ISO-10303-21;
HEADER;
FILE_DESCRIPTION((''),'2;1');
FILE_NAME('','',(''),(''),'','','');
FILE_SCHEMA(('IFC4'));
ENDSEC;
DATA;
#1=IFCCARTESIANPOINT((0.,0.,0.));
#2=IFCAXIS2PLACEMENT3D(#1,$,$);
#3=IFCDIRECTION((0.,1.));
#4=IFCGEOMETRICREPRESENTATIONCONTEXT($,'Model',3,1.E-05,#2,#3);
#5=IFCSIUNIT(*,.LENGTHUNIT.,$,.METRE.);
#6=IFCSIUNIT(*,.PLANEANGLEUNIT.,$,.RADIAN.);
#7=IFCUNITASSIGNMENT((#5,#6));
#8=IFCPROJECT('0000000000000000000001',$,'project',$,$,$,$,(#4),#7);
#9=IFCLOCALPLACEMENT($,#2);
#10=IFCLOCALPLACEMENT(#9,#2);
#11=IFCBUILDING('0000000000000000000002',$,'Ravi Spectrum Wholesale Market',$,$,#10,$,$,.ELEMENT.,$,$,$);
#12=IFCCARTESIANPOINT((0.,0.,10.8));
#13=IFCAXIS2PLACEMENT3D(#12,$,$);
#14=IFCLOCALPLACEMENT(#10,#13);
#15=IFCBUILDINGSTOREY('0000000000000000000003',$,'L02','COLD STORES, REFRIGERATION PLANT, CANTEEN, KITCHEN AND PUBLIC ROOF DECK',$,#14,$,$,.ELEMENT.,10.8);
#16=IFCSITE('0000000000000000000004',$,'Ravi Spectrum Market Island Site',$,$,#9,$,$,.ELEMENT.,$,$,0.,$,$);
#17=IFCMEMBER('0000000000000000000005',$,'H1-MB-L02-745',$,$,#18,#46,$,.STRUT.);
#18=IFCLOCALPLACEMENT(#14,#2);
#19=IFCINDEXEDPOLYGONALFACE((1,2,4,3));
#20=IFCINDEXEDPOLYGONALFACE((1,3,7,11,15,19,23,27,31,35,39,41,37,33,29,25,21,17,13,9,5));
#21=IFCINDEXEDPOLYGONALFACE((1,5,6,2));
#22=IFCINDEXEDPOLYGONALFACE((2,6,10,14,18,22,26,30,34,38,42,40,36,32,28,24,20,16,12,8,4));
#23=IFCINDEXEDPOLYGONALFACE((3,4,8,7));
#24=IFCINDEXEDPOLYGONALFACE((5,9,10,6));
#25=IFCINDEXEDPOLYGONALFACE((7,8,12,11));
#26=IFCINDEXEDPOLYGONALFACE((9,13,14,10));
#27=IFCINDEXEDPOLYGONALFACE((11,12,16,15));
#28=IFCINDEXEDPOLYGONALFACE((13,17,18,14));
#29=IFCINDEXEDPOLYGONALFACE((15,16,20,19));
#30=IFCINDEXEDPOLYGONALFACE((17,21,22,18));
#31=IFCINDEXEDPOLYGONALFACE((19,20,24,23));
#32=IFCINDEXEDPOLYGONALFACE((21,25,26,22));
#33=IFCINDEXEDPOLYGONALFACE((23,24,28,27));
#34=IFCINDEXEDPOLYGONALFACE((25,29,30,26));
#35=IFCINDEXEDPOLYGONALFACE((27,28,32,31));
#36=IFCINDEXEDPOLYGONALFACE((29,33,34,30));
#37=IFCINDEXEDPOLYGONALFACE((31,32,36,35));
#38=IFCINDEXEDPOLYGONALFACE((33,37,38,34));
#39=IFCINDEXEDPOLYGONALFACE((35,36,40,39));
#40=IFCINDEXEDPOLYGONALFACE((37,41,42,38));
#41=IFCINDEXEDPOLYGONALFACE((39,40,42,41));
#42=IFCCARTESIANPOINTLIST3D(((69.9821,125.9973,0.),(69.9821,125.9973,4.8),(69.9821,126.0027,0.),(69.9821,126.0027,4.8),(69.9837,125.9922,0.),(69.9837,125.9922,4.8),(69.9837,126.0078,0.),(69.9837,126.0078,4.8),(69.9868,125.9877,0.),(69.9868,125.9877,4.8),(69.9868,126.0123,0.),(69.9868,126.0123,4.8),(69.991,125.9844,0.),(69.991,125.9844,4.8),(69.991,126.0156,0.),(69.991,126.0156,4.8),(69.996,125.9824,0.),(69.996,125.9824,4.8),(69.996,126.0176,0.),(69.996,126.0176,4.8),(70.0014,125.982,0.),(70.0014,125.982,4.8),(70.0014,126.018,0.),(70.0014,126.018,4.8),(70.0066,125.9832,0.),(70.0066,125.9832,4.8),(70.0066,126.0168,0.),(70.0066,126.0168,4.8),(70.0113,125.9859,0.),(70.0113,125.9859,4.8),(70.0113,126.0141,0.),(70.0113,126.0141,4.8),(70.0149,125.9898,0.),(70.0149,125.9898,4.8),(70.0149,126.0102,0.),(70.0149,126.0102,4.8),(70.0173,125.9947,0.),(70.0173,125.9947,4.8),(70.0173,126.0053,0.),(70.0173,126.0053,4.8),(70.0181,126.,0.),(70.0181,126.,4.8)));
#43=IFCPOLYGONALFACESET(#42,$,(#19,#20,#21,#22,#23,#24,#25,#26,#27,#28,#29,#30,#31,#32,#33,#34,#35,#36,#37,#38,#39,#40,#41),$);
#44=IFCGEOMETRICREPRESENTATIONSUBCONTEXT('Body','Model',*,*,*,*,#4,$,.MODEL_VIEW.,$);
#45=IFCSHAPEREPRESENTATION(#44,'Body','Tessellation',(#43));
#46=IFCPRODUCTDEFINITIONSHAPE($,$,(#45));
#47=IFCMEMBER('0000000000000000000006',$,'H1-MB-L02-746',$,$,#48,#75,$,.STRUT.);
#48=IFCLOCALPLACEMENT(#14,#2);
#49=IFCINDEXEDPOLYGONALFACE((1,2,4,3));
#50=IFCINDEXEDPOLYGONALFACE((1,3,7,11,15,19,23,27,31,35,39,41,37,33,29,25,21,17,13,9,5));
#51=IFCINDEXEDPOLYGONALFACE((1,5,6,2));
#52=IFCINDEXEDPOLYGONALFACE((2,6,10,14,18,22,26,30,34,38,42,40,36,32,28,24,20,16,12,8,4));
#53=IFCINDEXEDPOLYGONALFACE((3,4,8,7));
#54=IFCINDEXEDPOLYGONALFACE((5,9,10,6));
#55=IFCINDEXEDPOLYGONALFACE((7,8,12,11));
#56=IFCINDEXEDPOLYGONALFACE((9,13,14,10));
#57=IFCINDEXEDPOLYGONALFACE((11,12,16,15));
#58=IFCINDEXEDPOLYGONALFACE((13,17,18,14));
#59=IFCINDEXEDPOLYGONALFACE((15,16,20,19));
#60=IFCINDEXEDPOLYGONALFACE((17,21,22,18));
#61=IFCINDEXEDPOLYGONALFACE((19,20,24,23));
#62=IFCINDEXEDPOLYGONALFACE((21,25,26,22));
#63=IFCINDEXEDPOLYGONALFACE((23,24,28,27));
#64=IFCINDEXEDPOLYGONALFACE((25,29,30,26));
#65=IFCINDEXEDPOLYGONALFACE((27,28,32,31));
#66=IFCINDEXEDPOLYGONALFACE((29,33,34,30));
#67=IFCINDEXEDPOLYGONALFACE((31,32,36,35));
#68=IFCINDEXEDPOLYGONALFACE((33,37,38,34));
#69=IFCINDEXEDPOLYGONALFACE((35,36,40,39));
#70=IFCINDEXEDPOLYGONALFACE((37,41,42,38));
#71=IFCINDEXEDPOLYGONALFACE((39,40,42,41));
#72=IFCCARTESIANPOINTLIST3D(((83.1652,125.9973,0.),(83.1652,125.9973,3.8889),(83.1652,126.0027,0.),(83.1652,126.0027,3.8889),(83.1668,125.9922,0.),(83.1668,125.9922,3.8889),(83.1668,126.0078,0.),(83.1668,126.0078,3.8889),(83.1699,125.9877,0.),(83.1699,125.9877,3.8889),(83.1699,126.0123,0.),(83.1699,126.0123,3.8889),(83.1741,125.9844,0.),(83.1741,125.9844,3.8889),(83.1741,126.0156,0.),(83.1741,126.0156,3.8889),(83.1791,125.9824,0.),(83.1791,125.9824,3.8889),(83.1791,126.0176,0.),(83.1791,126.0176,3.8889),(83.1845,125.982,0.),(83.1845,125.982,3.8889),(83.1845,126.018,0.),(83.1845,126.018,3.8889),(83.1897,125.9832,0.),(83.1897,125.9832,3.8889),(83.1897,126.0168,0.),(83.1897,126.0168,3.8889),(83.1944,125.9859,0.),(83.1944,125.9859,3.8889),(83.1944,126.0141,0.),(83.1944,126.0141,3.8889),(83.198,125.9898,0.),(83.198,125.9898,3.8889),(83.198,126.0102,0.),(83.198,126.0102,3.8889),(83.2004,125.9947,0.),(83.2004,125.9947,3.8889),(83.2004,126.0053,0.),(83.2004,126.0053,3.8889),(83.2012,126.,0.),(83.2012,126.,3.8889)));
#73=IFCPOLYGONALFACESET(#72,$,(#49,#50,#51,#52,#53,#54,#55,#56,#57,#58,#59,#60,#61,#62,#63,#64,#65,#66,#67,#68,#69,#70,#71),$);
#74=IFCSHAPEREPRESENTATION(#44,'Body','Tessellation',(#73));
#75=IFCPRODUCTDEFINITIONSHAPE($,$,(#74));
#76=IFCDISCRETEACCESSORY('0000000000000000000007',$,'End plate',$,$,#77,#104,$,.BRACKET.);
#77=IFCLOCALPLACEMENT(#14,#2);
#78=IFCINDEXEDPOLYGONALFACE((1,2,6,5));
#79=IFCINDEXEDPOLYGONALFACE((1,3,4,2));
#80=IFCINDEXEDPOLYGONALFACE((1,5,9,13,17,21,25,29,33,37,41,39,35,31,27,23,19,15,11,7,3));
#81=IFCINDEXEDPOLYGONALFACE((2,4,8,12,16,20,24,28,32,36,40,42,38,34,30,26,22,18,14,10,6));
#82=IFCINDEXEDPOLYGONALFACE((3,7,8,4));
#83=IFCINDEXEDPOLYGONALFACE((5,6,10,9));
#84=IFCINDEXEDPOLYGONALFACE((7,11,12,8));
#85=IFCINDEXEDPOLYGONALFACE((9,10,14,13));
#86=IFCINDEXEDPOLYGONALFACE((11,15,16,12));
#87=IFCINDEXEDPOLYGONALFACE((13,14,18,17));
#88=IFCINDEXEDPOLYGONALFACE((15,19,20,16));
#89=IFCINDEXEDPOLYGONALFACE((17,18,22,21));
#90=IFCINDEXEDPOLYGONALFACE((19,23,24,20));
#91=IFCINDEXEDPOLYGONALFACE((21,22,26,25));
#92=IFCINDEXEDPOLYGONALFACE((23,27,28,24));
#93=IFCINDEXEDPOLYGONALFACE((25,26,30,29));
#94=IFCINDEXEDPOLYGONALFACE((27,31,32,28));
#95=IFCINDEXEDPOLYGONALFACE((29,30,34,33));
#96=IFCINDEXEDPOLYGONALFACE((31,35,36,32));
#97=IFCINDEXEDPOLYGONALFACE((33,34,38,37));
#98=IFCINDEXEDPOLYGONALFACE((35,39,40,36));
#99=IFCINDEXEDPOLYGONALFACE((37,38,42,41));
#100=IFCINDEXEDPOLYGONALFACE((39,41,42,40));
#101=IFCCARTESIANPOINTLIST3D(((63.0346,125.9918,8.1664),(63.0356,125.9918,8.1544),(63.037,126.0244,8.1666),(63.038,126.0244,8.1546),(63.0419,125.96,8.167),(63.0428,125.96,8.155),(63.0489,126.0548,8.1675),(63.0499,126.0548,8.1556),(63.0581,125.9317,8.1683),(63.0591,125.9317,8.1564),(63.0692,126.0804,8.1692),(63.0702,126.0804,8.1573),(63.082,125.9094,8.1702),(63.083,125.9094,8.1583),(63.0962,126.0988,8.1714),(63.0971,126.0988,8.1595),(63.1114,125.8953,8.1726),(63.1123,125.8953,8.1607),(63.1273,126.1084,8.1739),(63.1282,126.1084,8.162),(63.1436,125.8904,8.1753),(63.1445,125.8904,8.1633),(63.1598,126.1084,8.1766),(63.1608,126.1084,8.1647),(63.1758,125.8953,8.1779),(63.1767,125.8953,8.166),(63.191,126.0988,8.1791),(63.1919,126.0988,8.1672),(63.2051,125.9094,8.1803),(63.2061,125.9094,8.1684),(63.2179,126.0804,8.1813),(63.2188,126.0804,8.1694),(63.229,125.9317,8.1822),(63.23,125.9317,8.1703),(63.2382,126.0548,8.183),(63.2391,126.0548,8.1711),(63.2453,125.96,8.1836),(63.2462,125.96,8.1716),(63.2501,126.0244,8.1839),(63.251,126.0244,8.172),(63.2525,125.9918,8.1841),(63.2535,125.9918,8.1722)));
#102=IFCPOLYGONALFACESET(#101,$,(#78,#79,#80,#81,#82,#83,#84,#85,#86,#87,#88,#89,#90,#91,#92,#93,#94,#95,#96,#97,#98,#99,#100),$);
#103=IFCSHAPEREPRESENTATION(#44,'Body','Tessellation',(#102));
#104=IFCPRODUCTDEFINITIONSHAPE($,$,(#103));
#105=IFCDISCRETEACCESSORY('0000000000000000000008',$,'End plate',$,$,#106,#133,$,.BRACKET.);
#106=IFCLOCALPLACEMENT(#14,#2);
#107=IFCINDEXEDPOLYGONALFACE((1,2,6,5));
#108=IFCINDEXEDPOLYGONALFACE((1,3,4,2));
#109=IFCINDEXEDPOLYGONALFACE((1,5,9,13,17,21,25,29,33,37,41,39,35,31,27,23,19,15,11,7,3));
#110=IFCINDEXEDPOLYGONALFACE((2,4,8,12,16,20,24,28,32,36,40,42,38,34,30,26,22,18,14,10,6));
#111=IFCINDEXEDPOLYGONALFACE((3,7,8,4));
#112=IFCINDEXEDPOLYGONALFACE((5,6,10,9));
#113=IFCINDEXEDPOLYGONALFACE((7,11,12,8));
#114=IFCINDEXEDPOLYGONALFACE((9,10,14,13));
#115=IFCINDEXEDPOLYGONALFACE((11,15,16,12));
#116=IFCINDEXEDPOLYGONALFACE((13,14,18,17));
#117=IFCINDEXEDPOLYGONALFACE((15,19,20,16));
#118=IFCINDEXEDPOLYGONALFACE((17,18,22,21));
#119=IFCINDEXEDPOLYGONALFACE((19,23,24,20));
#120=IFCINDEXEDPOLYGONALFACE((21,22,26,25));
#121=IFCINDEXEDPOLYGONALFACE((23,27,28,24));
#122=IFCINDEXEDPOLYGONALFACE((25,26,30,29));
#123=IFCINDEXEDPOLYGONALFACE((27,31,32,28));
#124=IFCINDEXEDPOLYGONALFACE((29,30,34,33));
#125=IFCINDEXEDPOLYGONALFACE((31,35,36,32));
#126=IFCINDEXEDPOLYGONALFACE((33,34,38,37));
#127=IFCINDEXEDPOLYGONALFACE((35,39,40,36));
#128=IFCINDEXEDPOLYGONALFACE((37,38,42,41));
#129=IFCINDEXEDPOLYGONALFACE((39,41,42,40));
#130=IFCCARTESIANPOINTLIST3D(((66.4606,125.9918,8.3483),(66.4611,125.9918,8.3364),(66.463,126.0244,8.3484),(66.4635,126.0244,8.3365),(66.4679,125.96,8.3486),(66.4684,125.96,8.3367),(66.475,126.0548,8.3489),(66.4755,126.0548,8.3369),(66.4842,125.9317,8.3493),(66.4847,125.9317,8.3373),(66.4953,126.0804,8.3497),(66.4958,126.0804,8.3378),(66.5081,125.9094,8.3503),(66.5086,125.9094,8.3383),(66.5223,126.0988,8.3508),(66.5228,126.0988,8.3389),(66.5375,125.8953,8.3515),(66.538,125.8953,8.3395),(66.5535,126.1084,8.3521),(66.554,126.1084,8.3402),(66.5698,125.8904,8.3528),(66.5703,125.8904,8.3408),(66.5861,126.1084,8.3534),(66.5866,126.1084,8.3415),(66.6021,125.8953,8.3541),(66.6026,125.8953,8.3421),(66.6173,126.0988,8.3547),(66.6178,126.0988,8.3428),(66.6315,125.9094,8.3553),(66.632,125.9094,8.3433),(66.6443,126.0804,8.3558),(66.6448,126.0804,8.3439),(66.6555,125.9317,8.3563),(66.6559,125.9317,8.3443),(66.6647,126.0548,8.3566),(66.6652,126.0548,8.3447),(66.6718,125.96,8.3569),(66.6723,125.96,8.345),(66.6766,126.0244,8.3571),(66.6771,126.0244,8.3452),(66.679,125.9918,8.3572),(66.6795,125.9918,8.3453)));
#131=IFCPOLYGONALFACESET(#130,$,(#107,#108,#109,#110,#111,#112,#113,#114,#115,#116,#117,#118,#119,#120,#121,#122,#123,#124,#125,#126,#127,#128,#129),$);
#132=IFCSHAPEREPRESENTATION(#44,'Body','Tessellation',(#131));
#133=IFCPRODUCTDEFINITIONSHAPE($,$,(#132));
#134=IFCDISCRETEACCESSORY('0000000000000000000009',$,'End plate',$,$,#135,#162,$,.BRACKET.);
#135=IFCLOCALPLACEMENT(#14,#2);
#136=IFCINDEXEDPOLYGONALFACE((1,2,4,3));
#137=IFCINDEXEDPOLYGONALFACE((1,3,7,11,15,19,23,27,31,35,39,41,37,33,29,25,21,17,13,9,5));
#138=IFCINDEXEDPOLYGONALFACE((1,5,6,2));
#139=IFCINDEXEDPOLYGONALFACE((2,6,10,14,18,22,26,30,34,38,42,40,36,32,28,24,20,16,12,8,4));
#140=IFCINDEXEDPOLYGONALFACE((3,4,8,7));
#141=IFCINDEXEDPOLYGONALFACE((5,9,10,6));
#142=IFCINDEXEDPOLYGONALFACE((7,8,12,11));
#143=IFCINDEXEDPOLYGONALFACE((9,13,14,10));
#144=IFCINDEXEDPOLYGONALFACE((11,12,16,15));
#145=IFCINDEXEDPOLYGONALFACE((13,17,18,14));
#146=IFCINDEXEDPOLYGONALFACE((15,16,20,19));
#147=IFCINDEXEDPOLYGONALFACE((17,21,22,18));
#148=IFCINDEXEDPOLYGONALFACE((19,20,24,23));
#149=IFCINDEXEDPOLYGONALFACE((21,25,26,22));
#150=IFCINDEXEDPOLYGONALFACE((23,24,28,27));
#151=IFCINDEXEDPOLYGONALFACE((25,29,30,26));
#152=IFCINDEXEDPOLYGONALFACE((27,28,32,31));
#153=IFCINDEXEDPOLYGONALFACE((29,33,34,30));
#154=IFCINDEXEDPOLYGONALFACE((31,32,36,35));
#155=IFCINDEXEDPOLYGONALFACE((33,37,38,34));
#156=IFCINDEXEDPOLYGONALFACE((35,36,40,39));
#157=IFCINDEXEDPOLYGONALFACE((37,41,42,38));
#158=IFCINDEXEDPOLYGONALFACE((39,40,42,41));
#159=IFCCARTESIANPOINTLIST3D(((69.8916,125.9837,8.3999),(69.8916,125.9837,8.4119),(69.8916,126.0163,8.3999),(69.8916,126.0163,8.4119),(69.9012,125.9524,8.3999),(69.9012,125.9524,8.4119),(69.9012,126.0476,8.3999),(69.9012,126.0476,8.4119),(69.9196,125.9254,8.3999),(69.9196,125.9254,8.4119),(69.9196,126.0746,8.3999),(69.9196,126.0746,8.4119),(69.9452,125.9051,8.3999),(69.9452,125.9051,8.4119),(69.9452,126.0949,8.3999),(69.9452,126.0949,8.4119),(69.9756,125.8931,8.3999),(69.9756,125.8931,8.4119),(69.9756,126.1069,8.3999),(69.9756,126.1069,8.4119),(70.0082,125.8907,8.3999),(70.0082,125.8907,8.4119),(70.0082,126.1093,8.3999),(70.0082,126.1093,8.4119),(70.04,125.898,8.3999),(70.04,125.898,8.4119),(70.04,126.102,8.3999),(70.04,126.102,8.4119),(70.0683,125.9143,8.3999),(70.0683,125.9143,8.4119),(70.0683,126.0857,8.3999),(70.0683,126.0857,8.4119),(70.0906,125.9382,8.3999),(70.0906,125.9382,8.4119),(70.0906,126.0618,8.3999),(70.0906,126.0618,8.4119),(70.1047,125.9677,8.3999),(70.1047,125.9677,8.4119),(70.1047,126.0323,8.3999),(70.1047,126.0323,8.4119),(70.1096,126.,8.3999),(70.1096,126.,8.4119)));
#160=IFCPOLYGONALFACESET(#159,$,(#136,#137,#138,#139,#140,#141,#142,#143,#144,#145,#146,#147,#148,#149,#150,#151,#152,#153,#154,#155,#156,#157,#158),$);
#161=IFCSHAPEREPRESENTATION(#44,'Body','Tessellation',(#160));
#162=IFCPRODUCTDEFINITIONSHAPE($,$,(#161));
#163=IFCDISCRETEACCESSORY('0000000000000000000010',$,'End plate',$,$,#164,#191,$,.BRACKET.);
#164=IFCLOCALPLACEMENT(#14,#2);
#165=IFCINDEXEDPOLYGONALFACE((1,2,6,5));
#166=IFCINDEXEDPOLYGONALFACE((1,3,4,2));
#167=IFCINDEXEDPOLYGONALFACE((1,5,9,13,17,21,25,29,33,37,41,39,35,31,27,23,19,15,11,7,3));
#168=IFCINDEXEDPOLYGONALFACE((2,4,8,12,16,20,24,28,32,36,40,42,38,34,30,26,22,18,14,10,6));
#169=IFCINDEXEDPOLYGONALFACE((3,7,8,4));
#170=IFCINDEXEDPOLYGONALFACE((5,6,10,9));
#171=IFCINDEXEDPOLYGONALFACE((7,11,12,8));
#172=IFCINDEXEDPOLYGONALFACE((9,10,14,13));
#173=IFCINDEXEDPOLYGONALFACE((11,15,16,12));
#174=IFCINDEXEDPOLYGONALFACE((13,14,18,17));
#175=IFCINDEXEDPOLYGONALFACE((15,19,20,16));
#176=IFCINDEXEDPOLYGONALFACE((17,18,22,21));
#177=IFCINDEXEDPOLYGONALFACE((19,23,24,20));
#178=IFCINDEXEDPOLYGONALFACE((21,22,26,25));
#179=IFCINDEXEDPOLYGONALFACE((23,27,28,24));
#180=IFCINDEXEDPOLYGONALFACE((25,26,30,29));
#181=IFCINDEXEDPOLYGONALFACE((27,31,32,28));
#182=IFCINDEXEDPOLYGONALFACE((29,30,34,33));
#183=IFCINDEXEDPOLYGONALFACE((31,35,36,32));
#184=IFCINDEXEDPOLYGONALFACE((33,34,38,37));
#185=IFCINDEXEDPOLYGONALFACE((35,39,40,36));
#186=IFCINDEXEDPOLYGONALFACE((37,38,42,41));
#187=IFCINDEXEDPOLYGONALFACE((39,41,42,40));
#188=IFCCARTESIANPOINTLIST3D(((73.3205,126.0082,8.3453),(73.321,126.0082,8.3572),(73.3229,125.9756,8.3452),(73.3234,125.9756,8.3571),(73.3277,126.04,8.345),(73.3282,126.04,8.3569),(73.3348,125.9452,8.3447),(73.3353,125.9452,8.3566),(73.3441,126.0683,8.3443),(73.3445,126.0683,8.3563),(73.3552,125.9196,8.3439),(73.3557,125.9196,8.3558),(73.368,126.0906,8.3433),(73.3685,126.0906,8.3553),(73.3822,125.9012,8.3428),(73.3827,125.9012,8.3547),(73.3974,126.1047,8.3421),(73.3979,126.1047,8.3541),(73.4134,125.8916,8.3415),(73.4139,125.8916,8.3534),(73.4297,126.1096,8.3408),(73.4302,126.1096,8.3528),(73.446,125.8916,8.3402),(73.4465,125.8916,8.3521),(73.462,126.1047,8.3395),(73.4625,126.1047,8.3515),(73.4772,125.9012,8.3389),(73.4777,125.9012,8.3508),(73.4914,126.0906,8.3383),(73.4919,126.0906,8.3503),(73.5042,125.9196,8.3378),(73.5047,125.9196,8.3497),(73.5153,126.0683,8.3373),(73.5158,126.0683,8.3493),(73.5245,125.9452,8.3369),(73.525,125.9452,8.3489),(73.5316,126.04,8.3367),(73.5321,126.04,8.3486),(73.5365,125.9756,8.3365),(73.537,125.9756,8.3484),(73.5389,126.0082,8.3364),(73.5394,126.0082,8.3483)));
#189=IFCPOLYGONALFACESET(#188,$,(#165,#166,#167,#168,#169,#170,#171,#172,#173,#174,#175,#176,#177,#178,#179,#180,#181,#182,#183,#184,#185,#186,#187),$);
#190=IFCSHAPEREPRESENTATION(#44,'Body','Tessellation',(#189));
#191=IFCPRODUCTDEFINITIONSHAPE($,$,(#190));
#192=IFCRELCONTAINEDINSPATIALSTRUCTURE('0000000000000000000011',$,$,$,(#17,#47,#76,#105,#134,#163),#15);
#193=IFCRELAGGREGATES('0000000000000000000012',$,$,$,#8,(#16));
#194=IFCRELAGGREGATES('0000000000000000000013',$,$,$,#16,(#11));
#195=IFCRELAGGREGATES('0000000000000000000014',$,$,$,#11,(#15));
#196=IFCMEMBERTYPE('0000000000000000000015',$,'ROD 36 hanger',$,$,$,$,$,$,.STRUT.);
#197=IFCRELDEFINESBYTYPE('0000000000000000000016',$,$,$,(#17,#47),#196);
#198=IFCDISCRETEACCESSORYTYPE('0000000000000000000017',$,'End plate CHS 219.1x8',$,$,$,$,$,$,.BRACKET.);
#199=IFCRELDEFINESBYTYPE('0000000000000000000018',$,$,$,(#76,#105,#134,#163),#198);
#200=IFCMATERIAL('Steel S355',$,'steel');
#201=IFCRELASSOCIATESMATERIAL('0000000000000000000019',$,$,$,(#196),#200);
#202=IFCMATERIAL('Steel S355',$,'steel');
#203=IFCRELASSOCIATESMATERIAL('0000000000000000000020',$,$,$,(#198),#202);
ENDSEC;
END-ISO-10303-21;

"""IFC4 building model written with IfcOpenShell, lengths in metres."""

from ifc_helpers import new_model, si_unit, direction, frame, origin, origin_2d, place, context, subcontext, project, spatial, circle, extrude, material, material_profile, profile_set, type_object, element, save


model = new_model("IFC4")

# Units and contexts
model_context = context("Model", 3, precision=1e-05, world=origin(), true_north=direction((0.0, 1.0)))
body_context = subcontext(model_context, "Body", "Model", "MODEL_VIEW")
ifc_project = project(units=[si_unit("LENGTHUNIT", "METRE"), si_unit("PLANEANGLEUNIT", "RADIAN")], contexts=[model_context])

# Site, building, storey
site_placement = place(None, origin())
site = spatial("IfcSite", under=ifc_project, at=site_placement, Name="Ravi Spectrum Market Island Site", CompositionType="ELEMENT", RefElevation=0.0)
building_placement = place(site_placement, origin())
building = spatial("IfcBuilding", under=site, at=building_placement, Name="Ravi Spectrum Wholesale Market", CompositionType="ELEMENT")
storey_placement = place(building_placement, frame((0.0, 0.0, 10.8)))
storey = spatial("IfcBuildingStorey", under=building, at=storey_placement, Name="L02", Description="COLD STORES, REFRIGERATION PLANT, CANTEEN, KITCHEN AND PUBLIC ROOF DECK", CompositionType="ELEMENT", Elevation=10.8)

# Members
ifc_material_1 = material(Name="Steel S355", Category="steel")
ifc_material_profile_1 = material_profile(ifc_material_1, circle(Radius=0.0181, at=origin_2d()))
ifc_profile_set_1 = profile_set([ifc_material_profile_1], Name="Steel S355")
member_type_1 = type_object("IfcMemberType", Name="ROD 36 hanger", PredefinedType="STRUT", material=ifc_profile_set_1)
member_1_placement = place(storey_placement, frame((70.0, 126.0, 0.0), z_axis=(0.0, 0.0, 1.0), x_axis=(1.0, 0.0, 0.0)))
element("IfcMember", 1, at=member_1_placement, inside=storey, type_object=member_type_1, Name="H1-MB-L02-745", PredefinedType="STRUT", context=body_context, shape_type="SweptSolid", body=[
    extrude(circle(Radius=0.0181, at=origin_2d()), origin(), (0.0, 0.0, 1.0), 4.8),
])
member_2_placement = place(storey_placement, frame((83.1831, 126.0, 0.0), z_axis=(0.0, 0.0, 1.0), x_axis=(1.0, 0.0, 0.0)))
element("IfcMember", 2, at=member_2_placement, inside=storey, type_object=member_type_1, Name="H1-MB-L02-746", PredefinedType="STRUT", context=body_context, shape_type="SweptSolid", body=[
    extrude(circle(Radius=0.0181, at=origin_2d()), origin(), (0.0, 0.0, 1.0), 3.8889),
])

# Discrete accessories
ifc_material_2 = material(Name="Steel S355", Category="steel")
ifc_material_profile_2 = material_profile(ifc_material_2, circle(Radius=0.1096, at=origin_2d()))
ifc_profile_set_2 = profile_set([ifc_material_profile_2], Name="Steel S355")
discrete_accessory_type_1 = type_object("IfcDiscreteAccessoryType", Name="End plate CHS 219.1x8", PredefinedType="BRACKET", material=ifc_profile_set_2)
for number, where, z_axis, x_axis, name in (
    (3, (63.1445, 126.0, 8.1633), (-0.081362, 0.0, 0.996685), (0.0, -1.0, 0.0), "End plate"),
    (4, (66.5703, 126.0, 8.3408), (-0.040782, 0.0, 0.999168), (0.0, -1.0, 0.0), "End plate"),
    (5, (70.0, 126.0, 8.3999), (0.0, 0.0, 1.0), (1.0, 0.0, 0.0), "End plate"),
    (6, (73.4297, 126.0, 8.3408), (0.040782, 0.0, 0.999168), (0.0, 1.0, 0.0), "End plate"),
):
    element("IfcDiscreteAccessory", number, at=place(storey_placement, frame(where, z_axis=z_axis, x_axis=x_axis)), inside=storey, type_object=discrete_accessory_type_1, Name=name, PredefinedType="BRACKET", context=body_context, shape_type="SweptSolid", body=[
        extrude(circle(Radius=0.1096, at=origin_2d()), origin(), (0.0, 0.0, 1.0), 0.012),
    ])

save(model, "model.ifc")
